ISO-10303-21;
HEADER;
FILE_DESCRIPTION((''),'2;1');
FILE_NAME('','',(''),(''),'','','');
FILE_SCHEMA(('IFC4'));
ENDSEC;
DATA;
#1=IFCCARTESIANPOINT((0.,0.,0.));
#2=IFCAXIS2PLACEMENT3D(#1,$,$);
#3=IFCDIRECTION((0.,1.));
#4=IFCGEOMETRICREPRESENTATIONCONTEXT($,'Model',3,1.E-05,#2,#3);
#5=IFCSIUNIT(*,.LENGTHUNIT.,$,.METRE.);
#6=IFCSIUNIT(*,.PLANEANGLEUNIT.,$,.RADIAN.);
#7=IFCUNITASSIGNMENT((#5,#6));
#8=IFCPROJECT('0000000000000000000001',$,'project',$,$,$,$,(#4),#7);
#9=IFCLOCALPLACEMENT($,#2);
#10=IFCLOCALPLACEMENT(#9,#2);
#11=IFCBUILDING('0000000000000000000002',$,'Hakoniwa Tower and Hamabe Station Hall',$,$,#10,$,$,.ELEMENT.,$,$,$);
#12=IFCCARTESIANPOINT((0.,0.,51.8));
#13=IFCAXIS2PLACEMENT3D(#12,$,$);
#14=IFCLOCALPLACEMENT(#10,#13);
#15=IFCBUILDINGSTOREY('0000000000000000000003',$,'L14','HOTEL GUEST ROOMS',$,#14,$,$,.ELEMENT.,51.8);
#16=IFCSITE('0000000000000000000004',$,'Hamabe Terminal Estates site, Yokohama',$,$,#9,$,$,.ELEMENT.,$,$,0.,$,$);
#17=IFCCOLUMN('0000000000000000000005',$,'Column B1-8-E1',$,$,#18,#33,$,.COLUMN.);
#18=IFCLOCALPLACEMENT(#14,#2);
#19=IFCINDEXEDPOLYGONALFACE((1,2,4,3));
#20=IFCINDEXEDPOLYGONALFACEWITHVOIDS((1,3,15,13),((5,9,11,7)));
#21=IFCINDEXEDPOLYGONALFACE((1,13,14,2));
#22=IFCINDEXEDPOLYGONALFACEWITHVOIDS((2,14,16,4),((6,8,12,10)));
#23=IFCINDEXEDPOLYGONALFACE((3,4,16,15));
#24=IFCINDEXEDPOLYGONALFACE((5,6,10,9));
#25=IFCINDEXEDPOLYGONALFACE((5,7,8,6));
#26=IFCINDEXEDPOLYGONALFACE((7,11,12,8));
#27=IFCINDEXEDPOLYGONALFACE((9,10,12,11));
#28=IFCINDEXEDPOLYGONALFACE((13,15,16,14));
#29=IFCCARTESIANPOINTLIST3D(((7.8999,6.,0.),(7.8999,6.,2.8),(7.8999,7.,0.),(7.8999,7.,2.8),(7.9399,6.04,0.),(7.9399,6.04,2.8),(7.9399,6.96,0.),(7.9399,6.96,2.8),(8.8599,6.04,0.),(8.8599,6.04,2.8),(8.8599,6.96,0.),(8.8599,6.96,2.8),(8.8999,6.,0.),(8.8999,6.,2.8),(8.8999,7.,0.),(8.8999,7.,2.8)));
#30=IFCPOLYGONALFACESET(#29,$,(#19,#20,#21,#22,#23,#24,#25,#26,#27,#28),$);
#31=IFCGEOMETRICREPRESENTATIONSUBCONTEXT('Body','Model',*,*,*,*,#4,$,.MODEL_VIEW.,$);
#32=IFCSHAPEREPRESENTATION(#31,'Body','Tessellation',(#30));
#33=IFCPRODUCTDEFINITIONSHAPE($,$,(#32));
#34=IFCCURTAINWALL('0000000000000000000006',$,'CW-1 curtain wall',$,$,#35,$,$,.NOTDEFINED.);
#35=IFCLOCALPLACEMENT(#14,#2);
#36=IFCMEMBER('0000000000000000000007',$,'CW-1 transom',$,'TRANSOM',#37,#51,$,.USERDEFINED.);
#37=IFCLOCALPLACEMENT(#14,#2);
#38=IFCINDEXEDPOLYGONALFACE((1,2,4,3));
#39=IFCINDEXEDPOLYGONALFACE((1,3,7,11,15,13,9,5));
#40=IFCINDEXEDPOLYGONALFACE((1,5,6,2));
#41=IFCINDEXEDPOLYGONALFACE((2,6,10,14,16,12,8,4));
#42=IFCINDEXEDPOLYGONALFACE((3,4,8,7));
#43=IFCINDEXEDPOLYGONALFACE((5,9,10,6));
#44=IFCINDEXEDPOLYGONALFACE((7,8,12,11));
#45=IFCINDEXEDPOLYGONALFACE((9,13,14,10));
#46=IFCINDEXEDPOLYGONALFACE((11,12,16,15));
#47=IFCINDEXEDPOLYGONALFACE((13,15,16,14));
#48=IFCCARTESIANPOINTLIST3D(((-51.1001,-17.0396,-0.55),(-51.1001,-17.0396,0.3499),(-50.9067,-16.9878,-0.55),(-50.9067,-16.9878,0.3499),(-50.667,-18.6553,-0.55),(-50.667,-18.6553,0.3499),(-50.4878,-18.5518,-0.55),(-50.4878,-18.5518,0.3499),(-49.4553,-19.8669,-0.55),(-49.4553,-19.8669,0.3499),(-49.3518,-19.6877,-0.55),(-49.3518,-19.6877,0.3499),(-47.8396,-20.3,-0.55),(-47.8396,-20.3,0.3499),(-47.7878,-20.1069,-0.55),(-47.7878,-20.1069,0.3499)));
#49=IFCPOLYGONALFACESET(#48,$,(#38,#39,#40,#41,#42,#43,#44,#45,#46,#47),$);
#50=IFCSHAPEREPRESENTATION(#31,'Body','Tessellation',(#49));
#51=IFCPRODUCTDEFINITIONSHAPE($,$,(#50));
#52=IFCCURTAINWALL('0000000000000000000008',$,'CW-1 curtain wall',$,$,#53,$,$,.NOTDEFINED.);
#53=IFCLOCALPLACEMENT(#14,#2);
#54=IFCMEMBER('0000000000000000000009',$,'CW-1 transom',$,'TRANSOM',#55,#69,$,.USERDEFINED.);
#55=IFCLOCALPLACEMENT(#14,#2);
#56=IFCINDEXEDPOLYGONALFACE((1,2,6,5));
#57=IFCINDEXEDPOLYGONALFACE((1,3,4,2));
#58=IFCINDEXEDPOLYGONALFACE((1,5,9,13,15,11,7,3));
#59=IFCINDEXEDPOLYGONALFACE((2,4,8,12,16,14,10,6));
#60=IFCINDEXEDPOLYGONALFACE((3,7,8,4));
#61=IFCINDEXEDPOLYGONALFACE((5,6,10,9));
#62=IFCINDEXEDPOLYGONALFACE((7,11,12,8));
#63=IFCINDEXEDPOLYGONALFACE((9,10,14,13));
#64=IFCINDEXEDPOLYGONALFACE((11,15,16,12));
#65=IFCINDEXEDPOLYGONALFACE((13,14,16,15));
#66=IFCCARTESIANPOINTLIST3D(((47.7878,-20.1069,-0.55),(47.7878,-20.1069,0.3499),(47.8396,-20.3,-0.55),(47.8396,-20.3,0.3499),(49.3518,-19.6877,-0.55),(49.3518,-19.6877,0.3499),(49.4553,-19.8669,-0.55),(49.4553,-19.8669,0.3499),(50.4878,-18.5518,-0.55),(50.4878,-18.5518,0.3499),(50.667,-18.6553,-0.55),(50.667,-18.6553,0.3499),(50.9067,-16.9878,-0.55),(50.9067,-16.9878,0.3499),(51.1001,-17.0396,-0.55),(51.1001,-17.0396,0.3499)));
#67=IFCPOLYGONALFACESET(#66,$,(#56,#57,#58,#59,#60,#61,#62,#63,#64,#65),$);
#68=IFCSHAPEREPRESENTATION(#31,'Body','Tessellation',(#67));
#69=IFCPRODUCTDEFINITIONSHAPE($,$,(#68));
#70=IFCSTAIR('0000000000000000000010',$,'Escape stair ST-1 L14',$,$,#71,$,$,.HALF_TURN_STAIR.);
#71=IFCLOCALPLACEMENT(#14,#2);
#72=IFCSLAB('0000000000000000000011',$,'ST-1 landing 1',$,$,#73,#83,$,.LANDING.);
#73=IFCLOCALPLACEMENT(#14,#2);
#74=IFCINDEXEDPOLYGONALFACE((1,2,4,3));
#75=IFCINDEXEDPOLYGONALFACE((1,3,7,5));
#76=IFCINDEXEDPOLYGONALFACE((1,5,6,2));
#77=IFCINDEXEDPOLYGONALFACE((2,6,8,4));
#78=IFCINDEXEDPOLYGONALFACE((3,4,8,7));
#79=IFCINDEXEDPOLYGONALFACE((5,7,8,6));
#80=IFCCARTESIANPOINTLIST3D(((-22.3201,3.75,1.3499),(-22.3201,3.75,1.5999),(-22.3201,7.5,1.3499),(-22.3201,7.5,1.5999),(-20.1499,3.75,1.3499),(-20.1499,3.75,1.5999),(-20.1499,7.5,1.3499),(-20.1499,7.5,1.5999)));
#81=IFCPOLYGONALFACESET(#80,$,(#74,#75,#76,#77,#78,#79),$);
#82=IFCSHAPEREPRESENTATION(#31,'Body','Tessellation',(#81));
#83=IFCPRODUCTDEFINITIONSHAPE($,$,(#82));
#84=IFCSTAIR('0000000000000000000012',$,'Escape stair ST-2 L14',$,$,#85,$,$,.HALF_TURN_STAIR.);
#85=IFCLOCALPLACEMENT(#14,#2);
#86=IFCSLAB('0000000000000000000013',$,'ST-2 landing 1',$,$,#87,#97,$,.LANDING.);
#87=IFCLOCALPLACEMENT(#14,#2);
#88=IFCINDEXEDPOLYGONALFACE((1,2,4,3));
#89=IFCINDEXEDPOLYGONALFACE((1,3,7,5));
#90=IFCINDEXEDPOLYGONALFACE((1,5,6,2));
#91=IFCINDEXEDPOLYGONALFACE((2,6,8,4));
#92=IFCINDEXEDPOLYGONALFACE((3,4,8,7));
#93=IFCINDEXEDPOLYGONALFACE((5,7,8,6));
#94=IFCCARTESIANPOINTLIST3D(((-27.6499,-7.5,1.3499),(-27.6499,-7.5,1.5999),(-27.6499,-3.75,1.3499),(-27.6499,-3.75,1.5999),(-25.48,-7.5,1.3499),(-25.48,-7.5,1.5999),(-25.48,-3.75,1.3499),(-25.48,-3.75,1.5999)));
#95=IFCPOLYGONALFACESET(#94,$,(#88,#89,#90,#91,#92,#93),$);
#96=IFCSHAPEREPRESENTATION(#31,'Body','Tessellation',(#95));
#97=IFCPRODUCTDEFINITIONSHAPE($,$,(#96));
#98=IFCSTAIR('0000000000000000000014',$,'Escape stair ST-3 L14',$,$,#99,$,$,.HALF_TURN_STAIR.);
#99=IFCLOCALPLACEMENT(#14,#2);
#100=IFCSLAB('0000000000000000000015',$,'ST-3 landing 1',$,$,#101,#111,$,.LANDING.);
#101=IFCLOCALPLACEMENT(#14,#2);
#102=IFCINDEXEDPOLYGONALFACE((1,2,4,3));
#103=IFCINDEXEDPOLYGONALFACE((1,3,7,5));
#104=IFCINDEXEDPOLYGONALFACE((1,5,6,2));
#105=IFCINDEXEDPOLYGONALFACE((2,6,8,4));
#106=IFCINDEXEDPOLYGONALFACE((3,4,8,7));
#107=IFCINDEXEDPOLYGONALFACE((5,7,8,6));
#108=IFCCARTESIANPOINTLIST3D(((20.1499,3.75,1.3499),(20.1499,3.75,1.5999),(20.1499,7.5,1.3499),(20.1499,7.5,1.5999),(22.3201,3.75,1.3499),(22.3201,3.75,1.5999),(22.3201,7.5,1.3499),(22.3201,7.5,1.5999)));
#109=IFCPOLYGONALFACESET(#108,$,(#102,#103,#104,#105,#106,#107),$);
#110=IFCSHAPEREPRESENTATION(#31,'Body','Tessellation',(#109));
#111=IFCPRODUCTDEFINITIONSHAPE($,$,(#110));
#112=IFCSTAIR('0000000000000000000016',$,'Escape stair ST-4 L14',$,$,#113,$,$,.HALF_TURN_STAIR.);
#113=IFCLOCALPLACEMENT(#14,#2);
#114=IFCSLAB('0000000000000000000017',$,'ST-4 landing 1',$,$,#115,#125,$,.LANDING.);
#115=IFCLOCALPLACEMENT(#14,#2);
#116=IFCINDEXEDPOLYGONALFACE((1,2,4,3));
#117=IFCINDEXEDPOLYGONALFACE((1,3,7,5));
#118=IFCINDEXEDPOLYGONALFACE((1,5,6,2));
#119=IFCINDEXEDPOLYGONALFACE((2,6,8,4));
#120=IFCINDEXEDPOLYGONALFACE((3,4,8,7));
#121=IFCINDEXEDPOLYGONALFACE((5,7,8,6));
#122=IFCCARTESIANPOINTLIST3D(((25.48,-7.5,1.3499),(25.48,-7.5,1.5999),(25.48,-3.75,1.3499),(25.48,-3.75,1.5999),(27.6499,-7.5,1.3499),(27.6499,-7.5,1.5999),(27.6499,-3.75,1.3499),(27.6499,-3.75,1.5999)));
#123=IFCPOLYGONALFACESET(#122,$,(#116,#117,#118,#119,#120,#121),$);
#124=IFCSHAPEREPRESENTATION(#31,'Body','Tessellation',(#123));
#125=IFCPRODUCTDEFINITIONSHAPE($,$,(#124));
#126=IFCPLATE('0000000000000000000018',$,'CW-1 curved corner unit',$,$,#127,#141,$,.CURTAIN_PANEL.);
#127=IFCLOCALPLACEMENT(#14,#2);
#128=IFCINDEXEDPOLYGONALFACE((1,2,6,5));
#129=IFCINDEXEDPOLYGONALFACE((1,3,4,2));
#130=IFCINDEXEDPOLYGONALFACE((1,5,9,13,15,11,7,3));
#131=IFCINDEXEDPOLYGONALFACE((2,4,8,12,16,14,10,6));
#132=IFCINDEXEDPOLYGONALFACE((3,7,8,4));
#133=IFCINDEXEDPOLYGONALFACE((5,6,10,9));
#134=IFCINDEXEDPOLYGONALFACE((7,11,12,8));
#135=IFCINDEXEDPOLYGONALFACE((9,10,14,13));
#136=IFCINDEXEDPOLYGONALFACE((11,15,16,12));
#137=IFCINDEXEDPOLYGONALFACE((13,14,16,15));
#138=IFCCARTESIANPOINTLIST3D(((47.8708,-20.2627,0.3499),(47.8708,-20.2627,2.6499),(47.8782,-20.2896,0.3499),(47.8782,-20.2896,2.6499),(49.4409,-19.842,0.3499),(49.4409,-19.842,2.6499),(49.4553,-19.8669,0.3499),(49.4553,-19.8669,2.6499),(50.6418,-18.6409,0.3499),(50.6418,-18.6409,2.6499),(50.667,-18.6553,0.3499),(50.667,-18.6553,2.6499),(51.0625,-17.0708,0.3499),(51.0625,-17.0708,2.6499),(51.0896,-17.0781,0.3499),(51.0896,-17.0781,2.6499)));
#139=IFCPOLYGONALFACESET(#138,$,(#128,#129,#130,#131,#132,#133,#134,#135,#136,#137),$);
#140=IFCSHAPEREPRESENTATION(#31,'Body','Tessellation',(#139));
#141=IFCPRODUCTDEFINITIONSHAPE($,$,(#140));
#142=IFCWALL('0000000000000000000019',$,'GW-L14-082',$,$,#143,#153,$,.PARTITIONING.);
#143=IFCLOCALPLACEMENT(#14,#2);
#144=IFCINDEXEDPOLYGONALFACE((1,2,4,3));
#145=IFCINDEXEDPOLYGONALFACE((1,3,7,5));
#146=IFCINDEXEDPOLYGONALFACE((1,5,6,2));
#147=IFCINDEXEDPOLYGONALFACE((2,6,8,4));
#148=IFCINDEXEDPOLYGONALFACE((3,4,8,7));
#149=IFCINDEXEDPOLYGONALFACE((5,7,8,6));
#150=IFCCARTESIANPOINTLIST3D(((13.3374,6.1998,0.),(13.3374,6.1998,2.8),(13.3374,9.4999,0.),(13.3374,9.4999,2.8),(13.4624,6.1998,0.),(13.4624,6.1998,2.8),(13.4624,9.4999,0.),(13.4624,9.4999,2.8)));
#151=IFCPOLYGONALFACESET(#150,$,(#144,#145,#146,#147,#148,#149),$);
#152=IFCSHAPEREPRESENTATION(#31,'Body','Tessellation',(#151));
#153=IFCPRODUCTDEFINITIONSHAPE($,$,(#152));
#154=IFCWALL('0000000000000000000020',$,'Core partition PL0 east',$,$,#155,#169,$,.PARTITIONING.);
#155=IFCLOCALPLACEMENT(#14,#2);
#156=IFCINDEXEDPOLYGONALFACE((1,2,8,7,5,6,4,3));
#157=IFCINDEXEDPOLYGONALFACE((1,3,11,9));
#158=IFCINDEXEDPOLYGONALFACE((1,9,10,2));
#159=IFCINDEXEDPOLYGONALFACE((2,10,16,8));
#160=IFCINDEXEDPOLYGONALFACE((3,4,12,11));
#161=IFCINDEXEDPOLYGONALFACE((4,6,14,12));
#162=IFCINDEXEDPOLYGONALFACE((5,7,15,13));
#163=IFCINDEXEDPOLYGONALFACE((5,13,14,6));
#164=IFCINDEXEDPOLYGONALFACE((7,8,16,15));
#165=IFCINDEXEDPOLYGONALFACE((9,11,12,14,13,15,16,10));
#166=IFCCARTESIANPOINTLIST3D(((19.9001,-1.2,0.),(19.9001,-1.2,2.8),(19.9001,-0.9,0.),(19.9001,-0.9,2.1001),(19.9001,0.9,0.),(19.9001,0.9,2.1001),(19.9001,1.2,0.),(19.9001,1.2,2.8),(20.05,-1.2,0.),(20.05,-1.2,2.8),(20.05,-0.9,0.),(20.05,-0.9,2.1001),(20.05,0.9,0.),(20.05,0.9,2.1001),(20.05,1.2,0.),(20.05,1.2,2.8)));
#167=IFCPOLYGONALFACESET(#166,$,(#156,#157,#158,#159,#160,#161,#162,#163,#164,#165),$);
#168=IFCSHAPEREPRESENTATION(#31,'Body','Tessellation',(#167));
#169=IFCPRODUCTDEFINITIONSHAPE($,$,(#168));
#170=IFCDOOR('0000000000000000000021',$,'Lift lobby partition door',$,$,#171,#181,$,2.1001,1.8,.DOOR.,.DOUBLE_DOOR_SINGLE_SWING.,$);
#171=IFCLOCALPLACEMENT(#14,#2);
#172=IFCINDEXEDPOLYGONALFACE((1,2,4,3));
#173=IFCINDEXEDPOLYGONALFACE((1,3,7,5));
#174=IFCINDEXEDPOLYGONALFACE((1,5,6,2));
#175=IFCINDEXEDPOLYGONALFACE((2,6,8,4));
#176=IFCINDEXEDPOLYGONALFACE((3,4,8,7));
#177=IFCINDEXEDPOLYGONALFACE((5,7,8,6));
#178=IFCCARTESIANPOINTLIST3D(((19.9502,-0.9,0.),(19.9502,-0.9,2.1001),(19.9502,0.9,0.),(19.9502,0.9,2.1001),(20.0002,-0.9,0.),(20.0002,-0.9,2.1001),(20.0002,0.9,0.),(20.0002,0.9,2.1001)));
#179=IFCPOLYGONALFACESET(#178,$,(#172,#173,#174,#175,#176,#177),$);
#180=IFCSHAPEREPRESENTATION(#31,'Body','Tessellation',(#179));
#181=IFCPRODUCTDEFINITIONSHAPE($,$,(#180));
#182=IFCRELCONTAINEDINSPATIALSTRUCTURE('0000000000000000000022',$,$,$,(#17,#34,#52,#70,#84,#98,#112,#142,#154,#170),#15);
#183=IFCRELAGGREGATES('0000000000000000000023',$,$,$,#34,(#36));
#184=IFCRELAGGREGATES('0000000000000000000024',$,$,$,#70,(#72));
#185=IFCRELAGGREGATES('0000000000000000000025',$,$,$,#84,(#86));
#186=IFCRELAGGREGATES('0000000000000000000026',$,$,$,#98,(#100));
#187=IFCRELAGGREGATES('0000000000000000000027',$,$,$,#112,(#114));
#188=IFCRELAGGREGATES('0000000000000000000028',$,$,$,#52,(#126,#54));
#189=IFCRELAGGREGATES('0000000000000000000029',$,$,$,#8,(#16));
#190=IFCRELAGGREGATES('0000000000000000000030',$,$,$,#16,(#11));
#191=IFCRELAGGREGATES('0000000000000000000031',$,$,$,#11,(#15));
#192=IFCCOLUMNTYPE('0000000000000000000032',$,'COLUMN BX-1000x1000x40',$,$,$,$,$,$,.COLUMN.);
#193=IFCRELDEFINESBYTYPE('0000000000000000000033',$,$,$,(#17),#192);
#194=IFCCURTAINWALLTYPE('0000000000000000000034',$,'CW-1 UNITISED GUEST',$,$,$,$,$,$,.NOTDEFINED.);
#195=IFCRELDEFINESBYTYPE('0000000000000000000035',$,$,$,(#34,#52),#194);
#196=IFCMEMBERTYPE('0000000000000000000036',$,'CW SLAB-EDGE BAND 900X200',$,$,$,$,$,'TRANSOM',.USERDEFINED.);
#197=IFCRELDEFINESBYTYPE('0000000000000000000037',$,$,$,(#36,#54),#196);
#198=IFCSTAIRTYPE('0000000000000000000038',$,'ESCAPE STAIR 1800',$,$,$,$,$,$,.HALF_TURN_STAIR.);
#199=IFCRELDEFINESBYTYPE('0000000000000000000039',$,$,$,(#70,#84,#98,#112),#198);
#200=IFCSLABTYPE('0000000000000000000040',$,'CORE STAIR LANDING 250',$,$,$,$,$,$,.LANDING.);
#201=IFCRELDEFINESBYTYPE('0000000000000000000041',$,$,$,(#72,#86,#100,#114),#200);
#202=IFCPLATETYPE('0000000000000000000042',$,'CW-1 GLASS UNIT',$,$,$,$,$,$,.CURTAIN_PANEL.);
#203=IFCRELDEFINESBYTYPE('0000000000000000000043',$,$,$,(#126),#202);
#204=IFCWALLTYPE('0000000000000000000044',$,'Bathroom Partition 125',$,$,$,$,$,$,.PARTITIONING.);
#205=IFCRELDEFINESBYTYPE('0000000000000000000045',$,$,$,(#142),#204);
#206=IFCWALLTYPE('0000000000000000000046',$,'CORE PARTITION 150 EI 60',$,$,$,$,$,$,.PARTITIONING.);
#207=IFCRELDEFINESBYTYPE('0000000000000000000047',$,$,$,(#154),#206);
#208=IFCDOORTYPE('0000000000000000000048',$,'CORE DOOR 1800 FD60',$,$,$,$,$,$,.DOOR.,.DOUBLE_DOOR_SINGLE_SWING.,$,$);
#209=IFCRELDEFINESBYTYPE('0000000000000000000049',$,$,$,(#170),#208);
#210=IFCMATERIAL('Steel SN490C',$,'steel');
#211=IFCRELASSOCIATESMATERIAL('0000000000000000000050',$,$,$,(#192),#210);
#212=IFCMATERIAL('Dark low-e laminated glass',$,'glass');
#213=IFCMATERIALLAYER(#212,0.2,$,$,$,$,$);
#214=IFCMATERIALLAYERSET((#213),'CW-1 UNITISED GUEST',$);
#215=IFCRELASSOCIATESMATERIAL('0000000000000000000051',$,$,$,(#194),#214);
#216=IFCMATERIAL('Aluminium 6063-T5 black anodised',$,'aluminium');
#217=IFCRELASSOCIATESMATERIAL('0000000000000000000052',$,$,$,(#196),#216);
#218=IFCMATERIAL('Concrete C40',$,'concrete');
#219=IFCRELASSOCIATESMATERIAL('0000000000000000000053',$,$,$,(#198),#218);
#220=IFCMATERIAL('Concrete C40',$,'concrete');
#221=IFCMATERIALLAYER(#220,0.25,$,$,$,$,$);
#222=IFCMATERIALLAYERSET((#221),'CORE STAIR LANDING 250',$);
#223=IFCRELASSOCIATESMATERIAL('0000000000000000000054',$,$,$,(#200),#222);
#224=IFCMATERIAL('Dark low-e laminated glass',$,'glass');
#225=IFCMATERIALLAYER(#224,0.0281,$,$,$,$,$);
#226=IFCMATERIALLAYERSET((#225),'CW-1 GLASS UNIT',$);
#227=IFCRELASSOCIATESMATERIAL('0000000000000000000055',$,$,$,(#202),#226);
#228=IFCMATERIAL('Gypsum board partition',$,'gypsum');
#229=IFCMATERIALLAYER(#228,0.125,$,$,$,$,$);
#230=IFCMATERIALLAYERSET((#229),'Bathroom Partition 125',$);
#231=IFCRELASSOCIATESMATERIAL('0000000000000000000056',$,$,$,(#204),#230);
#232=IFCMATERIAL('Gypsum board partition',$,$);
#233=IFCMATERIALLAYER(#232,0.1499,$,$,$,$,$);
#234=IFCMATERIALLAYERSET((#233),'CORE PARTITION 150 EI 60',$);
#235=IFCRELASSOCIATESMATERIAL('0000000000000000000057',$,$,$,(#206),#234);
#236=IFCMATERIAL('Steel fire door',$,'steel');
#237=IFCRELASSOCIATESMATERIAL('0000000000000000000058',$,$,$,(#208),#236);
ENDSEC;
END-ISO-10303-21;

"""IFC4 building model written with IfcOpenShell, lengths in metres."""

from ifc_helpers import new_model, si_unit, direction, frame, frame_2d, origin, origin_2d, place, context, subcontext, project, spatial, polyline, rectangle, hollow_rectangle, outline, extrude, material, layer, layer_set, material_profile, profile_set, type_object, element, fill, aggregate, save


model = new_model("IFC4")

# Units and contexts
model_context = context("Model", 3, precision=1e-05, world=origin(), true_north=direction((0.0, 1.0)))
body_context = subcontext(model_context, "Body", "Model", "MODEL_VIEW")
ifc_project = project(units=[si_unit("LENGTHUNIT", "METRE"), si_unit("PLANEANGLEUNIT", "RADIAN")], contexts=[model_context])

# Site, building, storey
site_placement = place(None, origin())
site = spatial("IfcSite", under=ifc_project, at=site_placement, Name="Hamabe Terminal Estates site, Yokohama", CompositionType="ELEMENT", RefElevation=0.0)
building_placement = place(site_placement, origin())
building = spatial("IfcBuilding", under=site, at=building_placement, Name="Hakoniwa Tower and Hamabe Station Hall", CompositionType="ELEMENT")
storey_placement = place(building_placement, frame((0.0, 0.0, 51.8)))
storey = spatial("IfcBuildingStorey", under=building, at=storey_placement, Name="L14", Description="HOTEL GUEST ROOMS", CompositionType="ELEMENT", Elevation=51.8)

# Column
ifc_material_1 = material(Name="Steel SN490C", Category="steel")
ifc_material_profile_1 = material_profile(ifc_material_1, hollow_rectangle(XDim=1.0, YDim=1.0, WallThickness=0.04, at=origin_2d()), Name="BX-1000x1000x40")
ifc_profile_set_1 = profile_set([ifc_material_profile_1], Name="Steel SN490C")
column_type = type_object("IfcColumnType", Name="COLUMN BX-1000x1000x40", PredefinedType="COLUMN", material=ifc_profile_set_1)
column_placement = place(storey_placement, frame((8.3999, 6.5, 0.0), z_axis=(0.0, 0.0, 1.0), x_axis=(1.0, 0.0, 0.0)))
element("IfcColumn", 1, at=column_placement, inside=storey, type_object=column_type, Name="Column B1-8-E1", PredefinedType="COLUMN", context=body_context, shape_type="SweptSolid", body=[
    extrude(hollow_rectangle(XDim=1.0, YDim=1.0, WallThickness=0.04, at=origin_2d()), origin(), (0.0, 0.0, 1.0), 2.8),
])

# Curtain walls, members
ifc_material_2 = material(Name="Dark low-e laminated glass", Category="glass")
ifc_layer_1 = layer(ifc_material_2, 0.2)
ifc_layer_set_1 = layer_set([ifc_layer_1], Name="CW-1 UNITISED GUEST")
curtain_wall_type = type_object("IfcCurtainWallType", Name="CW-1 UNITISED GUEST", PredefinedType="NOTDEFINED", material=ifc_layer_set_1)
curtain_wall_1_placement = place(storey_placement, origin())
curtain_wall_1 = element("IfcCurtainWall", 2, at=curtain_wall_1_placement, inside=storey, type_object=curtain_wall_type, Name="CW-1 curtain wall", PredefinedType="NOTDEFINED")
ifc_material_3 = material(Name="Aluminium 6063-T5 black anodised", Category="aluminium")
ifc_material_profile_2 = material_profile(ifc_material_3, rectangle(XDim=0.2, YDim=0.8999, at=origin_2d()), Name="CW SLAB-EDGE BAND 900X200")
ifc_profile_set_2 = profile_set([ifc_material_profile_2], Name="Aluminium 6063-T5 black anodised")
member_type = type_object("IfcMemberType", Name="CW SLAB-EDGE BAND 900X200", ElementType="TRANSOM", PredefinedType="USERDEFINED", material=ifc_profile_set_2)
member_1_placement = place(storey_placement, frame((0.0, 0.0, -0.55)))
member_1 = element("IfcMember", 3, at=member_1_placement, type_object=member_type, Name="CW-1 transom", ObjectType="TRANSOM", PredefinedType="USERDEFINED", context=body_context, shape_type="SweptSolid", body=[
    extrude(outline(polyline([(-51.1001, -17.0396), (-50.667, -18.6553), (-49.4553, -19.8669), (-47.8396, -20.3), (-47.7878, -20.1069), (-49.3518, -19.6877), (-50.4878, -18.5518), (-50.9067, -16.9878), (-51.1001, -17.0396)])), origin(), (0.0, 0.0, 1.0), 0.8999),
])
aggregate(curtain_wall_1, [member_1])
curtain_wall_2_placement = place(storey_placement, origin())
curtain_wall_2 = element("IfcCurtainWall", 4, at=curtain_wall_2_placement, inside=storey, type_object=curtain_wall_type, Name="CW-1 curtain wall", PredefinedType="NOTDEFINED")
member_2_placement = place(storey_placement, frame((0.0, 0.0, -0.55)))
member_2 = element("IfcMember", 5, at=member_2_placement, type_object=member_type, Name="CW-1 transom", ObjectType="TRANSOM", PredefinedType="USERDEFINED", context=body_context, shape_type="SweptSolid", body=[
    extrude(outline(polyline([(47.8396, -20.3), (49.4553, -19.8669), (50.667, -18.6553), (51.1001, -17.0396), (50.9067, -16.9878), (50.4878, -18.5518), (49.3518, -19.6877), (47.7878, -20.1069), (47.8396, -20.3)])), origin(), (0.0, 0.0, 1.0), 0.8999),
])

# Stairs, slabs
ifc_material_4 = material(Name="Concrete C40", Category="concrete")
stair_type = type_object("IfcStairType", Name="ESCAPE STAIR 1800", PredefinedType="HALF_TURN_STAIR", material=ifc_material_4)
stair_1_placement = place(storey_placement, origin())
stair_1 = element("IfcStair", 6, at=stair_1_placement, inside=storey, type_object=stair_type, Name="Escape stair ST-1 L14", PredefinedType="HALF_TURN_STAIR")
ifc_material_5 = material(Name="Concrete C40", Category="concrete")
ifc_layer_2 = layer(ifc_material_5, 0.25)
ifc_layer_set_2 = layer_set([ifc_layer_2], Name="CORE STAIR LANDING 250")
slab_type = type_object("IfcSlabType", Name="CORE STAIR LANDING 250", PredefinedType="LANDING", material=ifc_layer_set_2)
slab_1_placement = place(storey_placement, frame((0.0, 0.0, 1.3499)))
slab_1 = element("IfcSlab", 7, at=slab_1_placement, type_object=slab_type, Name="ST-1 landing 1", PredefinedType="LANDING", context=body_context, shape_type="SweptSolid", body=[
    extrude(outline(polyline([(-22.3201, 3.75), (-20.1499, 3.75), (-20.1499, 7.5), (-22.3201, 7.5), (-22.3201, 3.75)])), origin(), (0.0, 0.0, 1.0), 0.25),
])
aggregate(stair_1, [slab_1])
stair_2_placement = place(storey_placement, origin())
stair_2 = element("IfcStair", 8, at=stair_2_placement, inside=storey, type_object=stair_type, Name="Escape stair ST-2 L14", PredefinedType="HALF_TURN_STAIR")
slab_2_placement = place(storey_placement, frame((0.0, 0.0, 1.3499)))
slab_2 = element("IfcSlab", 9, at=slab_2_placement, type_object=slab_type, Name="ST-2 landing 1", PredefinedType="LANDING", context=body_context, shape_type="SweptSolid", body=[
    extrude(outline(polyline([(-25.48, -7.5), (-27.6499, -7.5), (-27.6499, -3.75), (-25.48, -3.75), (-25.48, -7.5)])), origin(), (0.0, 0.0, 1.0), 0.25),
])
aggregate(stair_2, [slab_2])
stair_3_placement = place(storey_placement, origin())
stair_3 = element("IfcStair", 10, at=stair_3_placement, inside=storey, type_object=stair_type, Name="Escape stair ST-3 L14", PredefinedType="HALF_TURN_STAIR")
slab_3_placement = place(storey_placement, frame((0.0, 0.0, 1.3499)))
slab_3 = element("IfcSlab", 11, at=slab_3_placement, type_object=slab_type, Name="ST-3 landing 1", PredefinedType="LANDING", context=body_context, shape_type="SweptSolid", body=[
    extrude(outline(polyline([(22.3201, 3.75), (20.1499, 3.75), (20.1499, 7.5), (22.3201, 7.5), (22.3201, 3.75)])), origin(), (0.0, 0.0, 1.0), 0.25),
])
aggregate(stair_3, [slab_3])
stair_4_placement = place(storey_placement, origin())
stair_4 = element("IfcStair", 12, at=stair_4_placement, inside=storey, type_object=stair_type, Name="Escape stair ST-4 L14", PredefinedType="HALF_TURN_STAIR")
slab_4_placement = place(storey_placement, frame((0.0, 0.0, 1.3499)))
slab_4 = element("IfcSlab", 13, at=slab_4_placement, type_object=slab_type, Name="ST-4 landing 1", PredefinedType="LANDING", context=body_context, shape_type="SweptSolid", body=[
    extrude(outline(polyline([(25.48, -7.5), (27.6499, -7.5), (27.6499, -3.75), (25.48, -3.75), (25.48, -7.5)])), origin(), (0.0, 0.0, 1.0), 0.25),
])
aggregate(stair_4, [slab_4])

# Plate
ifc_material_6 = material(Name="Dark low-e laminated glass", Category="glass")
ifc_layer_3 = layer(ifc_material_6, 0.0281)
ifc_layer_set_3 = layer_set([ifc_layer_3], Name="CW-1 GLASS UNIT")
plate_type = type_object("IfcPlateType", Name="CW-1 GLASS UNIT", PredefinedType="CURTAIN_PANEL", material=ifc_layer_set_3)
plate_placement = place(storey_placement, frame((0.0, 0.0, 0.3499)))
plate = element("IfcPlate", 14, at=plate_placement, type_object=plate_type, Name="CW-1 curved corner unit", PredefinedType="CURTAIN_PANEL", context=body_context, shape_type="SweptSolid", body=[
    extrude(outline(polyline([(47.8782, -20.2896), (49.4553, -19.8669), (50.667, -18.6553), (51.0896, -17.0781), (51.0625, -17.0708), (50.6418, -18.6409), (49.4409, -19.842), (47.8708, -20.2627), (47.8782, -20.2896)])), origin(), (0.0, 0.0, 1.0), 2.3),
])
aggregate(curtain_wall_2, [plate, member_2])

# Wall
ifc_material_7 = material(Name="Gypsum board partition", Category="gypsum")
ifc_layer_4 = layer(ifc_material_7, 0.125)
ifc_layer_set_4 = layer_set([ifc_layer_4], Name="Bathroom Partition 125")
wall_type_1 = type_object("IfcWallType", Name="Bathroom Partition 125", PredefinedType="PARTITIONING", material=ifc_layer_set_4)
wall_1_placement = place(storey_placement, frame((13.3999, 6.2, 0.0), z_axis=(0.0, 0.0, 1.0), x_axis=(0.0, 1.0, 0.0)))
element("IfcWall", 15, at=wall_1_placement, inside=storey, type_object=wall_type_1, Name="GW-L14-082", PredefinedType="PARTITIONING", context=body_context, shape_type="SweptSolid", body=[
    extrude(rectangle(XDim=3.3, YDim=0.125, at=frame_2d((1.6499, 0.0))), origin(), (0.0, 0.0, 1.0), 2.8),
])

# Wall, opening, door
ifc_material_8 = material(Name="Gypsum board partition")
ifc_layer_5 = layer(ifc_material_8, 0.1499)
ifc_layer_set_5 = layer_set([ifc_layer_5], Name="CORE PARTITION 150 EI 60")
wall_type_2 = type_object("IfcWallType", Name="CORE PARTITION 150 EI 60", PredefinedType="PARTITIONING", material=ifc_layer_set_5)
wall_2_placement = place(storey_placement, frame((19.9751, -1.2, 0.0), z_axis=(0.0, 0.0, 1.0), x_axis=(0.0, 1.0, 0.0)))
wall_2 = element("IfcWall", 16, at=wall_2_placement, inside=storey, type_object=wall_type_2, Name="Core partition PL0 east", PredefinedType="PARTITIONING", context=body_context, shape_type="SweptSolid", body=[
    extrude(rectangle(XDim=2.3999, YDim=0.1499, at=frame_2d((1.2, 0.0))), origin(), (0.0, 0.0, 1.0), 2.8),
])
opening_1_placement = place(wall_2_placement, frame((0.3, 0.0, 0.0)))
opening_1 = element("IfcOpeningElement", 17, at=opening_1_placement, cuts=wall_2, PredefinedType="OPENING", context=body_context, shape_type="SweptSolid", body=[
    extrude(rectangle(XDim=1.8, YDim=2.1001, at=frame_2d((0.8999, 1.05))), frame((0.0, 0.085, 0.0), z_axis=(0.0, -1.0, 0.0), x_axis=(1.0, 0.0, 0.0)), (0.0, 0.0, 1.0), 0.1699),
])
ifc_material_9 = material(Name="Steel fire door", Category="steel")
door_type_1 = type_object("IfcDoorType", Name="CORE DOOR 1800 FD60", OperationType="DOUBLE_DOOR_SINGLE_SWING", PredefinedType="DOOR", material=ifc_material_9)
door_1_placement = place(opening_1_placement, origin())
door_1 = element("IfcDoor", 18, at=door_1_placement, inside=storey, type_object=door_type_1, Name="Lift lobby partition door", OperationType="DOUBLE_DOOR_SINGLE_SWING", OverallHeight=2.1001, OverallWidth=1.8, PredefinedType="DOOR", context=body_context, shape_type="SweptSolid", body=[
    extrude(rectangle(XDim=1.8, YDim=2.1001, at=frame_2d((0.8999, 1.05))), frame((0.0, 0.0249, 0.0), z_axis=(0.0, -1.0, 0.0), x_axis=(1.0, 0.0, 0.0)), (0.0, 0.0, 1.0), 0.05),
])
fill(opening_1, door_1)

save(model, "model.ifc")
